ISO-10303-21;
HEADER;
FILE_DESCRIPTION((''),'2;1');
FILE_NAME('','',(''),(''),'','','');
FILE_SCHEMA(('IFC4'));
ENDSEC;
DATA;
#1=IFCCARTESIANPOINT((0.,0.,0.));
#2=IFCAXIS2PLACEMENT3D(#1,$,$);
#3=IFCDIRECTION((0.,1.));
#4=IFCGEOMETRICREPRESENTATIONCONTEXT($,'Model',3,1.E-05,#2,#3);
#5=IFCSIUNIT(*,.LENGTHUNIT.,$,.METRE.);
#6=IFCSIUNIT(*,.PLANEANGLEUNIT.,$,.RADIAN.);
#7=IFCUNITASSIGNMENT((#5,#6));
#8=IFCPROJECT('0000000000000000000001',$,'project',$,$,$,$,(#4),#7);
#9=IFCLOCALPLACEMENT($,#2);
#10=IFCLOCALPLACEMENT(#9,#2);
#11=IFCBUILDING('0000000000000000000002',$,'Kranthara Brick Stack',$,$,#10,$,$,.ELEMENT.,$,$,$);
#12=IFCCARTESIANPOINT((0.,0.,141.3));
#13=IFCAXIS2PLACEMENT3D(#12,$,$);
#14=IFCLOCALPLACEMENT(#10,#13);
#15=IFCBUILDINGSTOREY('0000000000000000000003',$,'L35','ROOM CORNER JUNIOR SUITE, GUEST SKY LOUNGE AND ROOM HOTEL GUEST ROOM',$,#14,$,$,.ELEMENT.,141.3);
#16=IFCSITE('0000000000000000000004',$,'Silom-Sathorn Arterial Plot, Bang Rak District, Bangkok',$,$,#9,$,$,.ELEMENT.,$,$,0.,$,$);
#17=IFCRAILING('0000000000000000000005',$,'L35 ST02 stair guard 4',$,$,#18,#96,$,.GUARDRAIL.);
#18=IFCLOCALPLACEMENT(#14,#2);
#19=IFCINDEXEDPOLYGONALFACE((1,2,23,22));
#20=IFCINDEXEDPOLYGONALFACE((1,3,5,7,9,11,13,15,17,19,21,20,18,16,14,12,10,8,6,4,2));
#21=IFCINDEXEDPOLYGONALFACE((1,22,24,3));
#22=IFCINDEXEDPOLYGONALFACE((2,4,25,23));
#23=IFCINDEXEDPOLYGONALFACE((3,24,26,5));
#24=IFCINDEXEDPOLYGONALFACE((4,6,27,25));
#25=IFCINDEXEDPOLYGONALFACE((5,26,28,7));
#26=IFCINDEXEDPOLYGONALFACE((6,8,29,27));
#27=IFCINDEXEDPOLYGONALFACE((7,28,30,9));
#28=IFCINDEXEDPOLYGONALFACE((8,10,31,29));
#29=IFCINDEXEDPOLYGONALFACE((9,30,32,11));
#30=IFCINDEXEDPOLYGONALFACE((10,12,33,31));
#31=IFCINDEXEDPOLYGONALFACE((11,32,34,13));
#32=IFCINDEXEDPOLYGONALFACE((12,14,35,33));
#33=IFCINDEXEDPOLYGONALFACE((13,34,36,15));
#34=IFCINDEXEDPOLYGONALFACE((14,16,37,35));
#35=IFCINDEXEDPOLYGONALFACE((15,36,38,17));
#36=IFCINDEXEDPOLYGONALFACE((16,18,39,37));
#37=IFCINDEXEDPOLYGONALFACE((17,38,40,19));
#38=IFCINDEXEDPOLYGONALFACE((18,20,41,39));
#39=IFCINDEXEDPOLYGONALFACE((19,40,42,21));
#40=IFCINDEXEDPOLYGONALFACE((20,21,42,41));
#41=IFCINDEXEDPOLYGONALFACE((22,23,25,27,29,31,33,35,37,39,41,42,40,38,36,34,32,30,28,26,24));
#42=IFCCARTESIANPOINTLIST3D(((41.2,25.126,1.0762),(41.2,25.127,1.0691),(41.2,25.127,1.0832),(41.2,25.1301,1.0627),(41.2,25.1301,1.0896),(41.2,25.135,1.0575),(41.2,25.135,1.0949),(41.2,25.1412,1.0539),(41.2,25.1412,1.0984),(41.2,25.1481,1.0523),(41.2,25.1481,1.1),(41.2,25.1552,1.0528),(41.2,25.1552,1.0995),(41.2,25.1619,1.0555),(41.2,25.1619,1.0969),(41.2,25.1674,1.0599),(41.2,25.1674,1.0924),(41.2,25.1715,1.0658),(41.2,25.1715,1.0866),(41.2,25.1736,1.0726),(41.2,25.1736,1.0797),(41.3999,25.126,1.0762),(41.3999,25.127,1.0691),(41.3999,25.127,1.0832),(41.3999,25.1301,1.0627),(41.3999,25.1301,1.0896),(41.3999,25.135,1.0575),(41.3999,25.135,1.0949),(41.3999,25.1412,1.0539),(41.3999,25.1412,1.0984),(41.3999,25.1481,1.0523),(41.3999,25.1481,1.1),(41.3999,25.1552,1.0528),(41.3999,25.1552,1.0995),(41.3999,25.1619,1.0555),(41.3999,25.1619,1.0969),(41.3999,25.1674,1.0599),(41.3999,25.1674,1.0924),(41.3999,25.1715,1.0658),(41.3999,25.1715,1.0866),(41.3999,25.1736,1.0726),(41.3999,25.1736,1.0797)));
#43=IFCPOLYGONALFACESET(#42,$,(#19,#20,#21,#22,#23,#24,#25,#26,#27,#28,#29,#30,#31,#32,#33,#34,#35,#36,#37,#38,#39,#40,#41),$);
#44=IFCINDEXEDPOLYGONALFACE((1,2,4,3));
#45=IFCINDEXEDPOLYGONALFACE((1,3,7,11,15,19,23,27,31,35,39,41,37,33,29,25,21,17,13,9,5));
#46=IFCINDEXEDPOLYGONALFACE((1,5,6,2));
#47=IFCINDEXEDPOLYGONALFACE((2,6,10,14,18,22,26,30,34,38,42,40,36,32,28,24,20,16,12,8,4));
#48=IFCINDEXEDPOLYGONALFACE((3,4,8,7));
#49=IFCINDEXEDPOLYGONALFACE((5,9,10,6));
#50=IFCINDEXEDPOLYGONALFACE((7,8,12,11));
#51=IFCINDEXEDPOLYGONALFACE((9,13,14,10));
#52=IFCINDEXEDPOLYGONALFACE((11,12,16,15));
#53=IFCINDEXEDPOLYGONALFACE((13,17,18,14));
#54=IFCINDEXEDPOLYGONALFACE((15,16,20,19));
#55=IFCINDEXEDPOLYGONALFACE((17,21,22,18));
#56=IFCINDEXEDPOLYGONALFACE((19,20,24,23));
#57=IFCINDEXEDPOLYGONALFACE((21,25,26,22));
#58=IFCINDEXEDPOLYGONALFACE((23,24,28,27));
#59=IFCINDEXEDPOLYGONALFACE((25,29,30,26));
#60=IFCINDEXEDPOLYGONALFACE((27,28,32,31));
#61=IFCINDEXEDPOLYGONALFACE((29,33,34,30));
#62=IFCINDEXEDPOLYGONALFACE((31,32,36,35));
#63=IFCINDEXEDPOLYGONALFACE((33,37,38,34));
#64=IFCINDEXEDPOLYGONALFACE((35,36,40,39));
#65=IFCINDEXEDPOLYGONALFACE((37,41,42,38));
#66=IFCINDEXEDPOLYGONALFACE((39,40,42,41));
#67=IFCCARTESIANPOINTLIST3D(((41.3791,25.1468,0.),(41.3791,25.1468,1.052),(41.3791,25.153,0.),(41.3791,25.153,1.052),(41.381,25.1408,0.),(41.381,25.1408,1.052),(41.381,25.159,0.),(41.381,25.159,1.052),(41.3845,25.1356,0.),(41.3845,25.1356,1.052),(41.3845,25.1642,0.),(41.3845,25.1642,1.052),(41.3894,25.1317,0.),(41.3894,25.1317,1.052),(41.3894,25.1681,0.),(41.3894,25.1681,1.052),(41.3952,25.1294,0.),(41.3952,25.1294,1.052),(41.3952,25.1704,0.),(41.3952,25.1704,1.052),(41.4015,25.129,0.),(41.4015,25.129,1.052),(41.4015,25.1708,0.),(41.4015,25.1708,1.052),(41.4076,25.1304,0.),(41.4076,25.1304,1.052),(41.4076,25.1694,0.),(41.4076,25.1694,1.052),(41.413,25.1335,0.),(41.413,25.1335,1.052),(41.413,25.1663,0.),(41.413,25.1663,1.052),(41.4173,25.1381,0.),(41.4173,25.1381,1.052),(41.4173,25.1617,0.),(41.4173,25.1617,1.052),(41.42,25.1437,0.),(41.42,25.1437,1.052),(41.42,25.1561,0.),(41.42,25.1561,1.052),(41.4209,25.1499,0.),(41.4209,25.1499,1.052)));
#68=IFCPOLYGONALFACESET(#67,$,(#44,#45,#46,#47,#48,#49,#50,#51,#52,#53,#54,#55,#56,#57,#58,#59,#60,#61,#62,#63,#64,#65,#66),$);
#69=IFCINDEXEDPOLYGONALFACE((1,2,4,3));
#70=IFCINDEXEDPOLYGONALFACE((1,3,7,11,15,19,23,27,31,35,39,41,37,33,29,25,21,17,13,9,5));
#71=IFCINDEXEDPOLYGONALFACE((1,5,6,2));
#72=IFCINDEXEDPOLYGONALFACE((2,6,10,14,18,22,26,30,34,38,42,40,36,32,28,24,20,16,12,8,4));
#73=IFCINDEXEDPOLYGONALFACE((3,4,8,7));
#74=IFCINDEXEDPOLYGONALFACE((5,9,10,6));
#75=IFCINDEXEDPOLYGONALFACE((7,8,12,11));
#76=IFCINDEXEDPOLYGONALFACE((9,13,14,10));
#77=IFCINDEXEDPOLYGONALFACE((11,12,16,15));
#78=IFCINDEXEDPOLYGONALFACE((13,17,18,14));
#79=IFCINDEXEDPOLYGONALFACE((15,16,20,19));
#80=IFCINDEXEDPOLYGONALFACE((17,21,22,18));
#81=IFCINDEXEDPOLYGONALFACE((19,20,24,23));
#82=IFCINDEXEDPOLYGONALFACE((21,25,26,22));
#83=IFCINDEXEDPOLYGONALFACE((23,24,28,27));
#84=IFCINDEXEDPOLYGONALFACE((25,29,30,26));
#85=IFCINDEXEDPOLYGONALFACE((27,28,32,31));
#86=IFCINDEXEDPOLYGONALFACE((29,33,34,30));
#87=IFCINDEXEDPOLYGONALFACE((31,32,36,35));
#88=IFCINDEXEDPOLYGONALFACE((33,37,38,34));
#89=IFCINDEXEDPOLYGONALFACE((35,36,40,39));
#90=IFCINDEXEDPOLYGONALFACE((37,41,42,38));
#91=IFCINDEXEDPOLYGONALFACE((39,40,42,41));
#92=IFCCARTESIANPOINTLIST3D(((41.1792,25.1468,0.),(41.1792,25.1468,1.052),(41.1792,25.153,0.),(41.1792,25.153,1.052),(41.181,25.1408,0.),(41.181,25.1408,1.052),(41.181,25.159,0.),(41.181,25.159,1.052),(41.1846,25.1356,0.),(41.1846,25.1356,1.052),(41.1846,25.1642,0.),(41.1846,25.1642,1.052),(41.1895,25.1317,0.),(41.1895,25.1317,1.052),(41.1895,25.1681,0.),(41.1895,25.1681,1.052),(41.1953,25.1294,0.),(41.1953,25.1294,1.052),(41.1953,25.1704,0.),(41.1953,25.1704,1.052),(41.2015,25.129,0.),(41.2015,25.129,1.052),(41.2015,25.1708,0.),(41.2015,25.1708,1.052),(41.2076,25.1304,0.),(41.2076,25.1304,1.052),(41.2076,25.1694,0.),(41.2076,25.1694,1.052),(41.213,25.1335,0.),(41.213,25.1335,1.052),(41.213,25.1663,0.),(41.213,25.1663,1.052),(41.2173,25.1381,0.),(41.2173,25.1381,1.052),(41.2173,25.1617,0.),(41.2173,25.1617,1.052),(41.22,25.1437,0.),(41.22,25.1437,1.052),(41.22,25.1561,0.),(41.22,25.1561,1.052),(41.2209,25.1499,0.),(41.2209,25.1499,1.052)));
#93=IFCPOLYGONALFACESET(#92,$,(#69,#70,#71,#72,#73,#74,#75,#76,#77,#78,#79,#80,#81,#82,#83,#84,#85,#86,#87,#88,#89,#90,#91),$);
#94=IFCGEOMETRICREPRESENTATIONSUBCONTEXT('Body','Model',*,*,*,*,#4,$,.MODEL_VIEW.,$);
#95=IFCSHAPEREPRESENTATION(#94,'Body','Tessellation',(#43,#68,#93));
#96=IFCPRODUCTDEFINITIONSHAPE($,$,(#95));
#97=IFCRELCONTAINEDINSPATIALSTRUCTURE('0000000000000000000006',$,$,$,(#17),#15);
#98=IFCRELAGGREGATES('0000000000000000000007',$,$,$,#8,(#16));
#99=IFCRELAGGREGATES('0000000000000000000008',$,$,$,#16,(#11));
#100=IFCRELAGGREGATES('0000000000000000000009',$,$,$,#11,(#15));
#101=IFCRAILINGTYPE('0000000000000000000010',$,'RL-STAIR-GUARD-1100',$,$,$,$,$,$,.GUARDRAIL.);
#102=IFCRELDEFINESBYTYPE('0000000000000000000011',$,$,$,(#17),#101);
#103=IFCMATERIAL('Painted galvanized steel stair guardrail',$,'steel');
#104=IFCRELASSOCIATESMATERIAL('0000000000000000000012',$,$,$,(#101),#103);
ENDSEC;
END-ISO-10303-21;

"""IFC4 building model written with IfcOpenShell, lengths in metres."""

from ifc_helpers import new_model, si_unit, direction, frame, origin, origin_2d, place, context, subcontext, project, spatial, circle, extrude, material, type_object, element, save


model = new_model("IFC4")

# Units and contexts
model_context = context("Model", 3, precision=1e-05, world=origin(), true_north=direction((0.0, 1.0)))
body_context = subcontext(model_context, "Body", "Model", "MODEL_VIEW")
ifc_project = project(units=[si_unit("LENGTHUNIT", "METRE"), si_unit("PLANEANGLEUNIT", "RADIAN")], contexts=[model_context])

# Site, building, storey
site_placement = place(None, origin())
site = spatial("IfcSite", under=ifc_project, at=site_placement, Name="Silom-Sathorn Arterial Plot, Bang Rak District, Bangkok", CompositionType="ELEMENT", RefElevation=0.0)
building_placement = place(site_placement, origin())
building = spatial("IfcBuilding", under=site, at=building_placement, Name="Kranthara Brick Stack", CompositionType="ELEMENT")
storey_placement = place(building_placement, frame((0.0, 0.0, 141.3)))
storey = spatial("IfcBuildingStorey", under=building, at=storey_placement, Name="L35", Description="ROOM CORNER JUNIOR SUITE, GUEST SKY LOUNGE AND ROOM HOTEL GUEST ROOM", CompositionType="ELEMENT", Elevation=141.3)

# Railing
ifc_material_1 = material(Name="Painted galvanized steel stair guardrail", Category="steel")
railing_type_1 = type_object("IfcRailingType", Name="RL-STAIR-GUARD-1100", PredefinedType="GUARDRAIL", material=ifc_material_1)
railing_1_placement = place(storey_placement, frame((41.3999, 25.1499, 0.0)))
element("IfcRailing", 1, at=railing_1_placement, inside=storey, type_object=railing_type_1, Name="L35 ST02 stair guard 4", PredefinedType="GUARDRAIL", context=body_context, shape_type="SweptSolid", body=[
    extrude(circle(Radius=0.0239, at=origin_2d()), frame((0.0, 0.0, 1.0762), z_axis=(-1.0, 0.0, 0.0), x_axis=(0.0, -1.0, 0.0)), (0.0, 0.0, 1.0), 0.2),
    extrude(circle(Radius=0.021, at=origin_2d()), origin(), (0.0, 0.0, 1.0), 1.052),
    extrude(circle(Radius=0.021, at=origin_2d()), frame((-0.2, 0.0, 0.0)), (0.0, 0.0, 1.0), 1.052),
])

save(model, "model.ifc")
